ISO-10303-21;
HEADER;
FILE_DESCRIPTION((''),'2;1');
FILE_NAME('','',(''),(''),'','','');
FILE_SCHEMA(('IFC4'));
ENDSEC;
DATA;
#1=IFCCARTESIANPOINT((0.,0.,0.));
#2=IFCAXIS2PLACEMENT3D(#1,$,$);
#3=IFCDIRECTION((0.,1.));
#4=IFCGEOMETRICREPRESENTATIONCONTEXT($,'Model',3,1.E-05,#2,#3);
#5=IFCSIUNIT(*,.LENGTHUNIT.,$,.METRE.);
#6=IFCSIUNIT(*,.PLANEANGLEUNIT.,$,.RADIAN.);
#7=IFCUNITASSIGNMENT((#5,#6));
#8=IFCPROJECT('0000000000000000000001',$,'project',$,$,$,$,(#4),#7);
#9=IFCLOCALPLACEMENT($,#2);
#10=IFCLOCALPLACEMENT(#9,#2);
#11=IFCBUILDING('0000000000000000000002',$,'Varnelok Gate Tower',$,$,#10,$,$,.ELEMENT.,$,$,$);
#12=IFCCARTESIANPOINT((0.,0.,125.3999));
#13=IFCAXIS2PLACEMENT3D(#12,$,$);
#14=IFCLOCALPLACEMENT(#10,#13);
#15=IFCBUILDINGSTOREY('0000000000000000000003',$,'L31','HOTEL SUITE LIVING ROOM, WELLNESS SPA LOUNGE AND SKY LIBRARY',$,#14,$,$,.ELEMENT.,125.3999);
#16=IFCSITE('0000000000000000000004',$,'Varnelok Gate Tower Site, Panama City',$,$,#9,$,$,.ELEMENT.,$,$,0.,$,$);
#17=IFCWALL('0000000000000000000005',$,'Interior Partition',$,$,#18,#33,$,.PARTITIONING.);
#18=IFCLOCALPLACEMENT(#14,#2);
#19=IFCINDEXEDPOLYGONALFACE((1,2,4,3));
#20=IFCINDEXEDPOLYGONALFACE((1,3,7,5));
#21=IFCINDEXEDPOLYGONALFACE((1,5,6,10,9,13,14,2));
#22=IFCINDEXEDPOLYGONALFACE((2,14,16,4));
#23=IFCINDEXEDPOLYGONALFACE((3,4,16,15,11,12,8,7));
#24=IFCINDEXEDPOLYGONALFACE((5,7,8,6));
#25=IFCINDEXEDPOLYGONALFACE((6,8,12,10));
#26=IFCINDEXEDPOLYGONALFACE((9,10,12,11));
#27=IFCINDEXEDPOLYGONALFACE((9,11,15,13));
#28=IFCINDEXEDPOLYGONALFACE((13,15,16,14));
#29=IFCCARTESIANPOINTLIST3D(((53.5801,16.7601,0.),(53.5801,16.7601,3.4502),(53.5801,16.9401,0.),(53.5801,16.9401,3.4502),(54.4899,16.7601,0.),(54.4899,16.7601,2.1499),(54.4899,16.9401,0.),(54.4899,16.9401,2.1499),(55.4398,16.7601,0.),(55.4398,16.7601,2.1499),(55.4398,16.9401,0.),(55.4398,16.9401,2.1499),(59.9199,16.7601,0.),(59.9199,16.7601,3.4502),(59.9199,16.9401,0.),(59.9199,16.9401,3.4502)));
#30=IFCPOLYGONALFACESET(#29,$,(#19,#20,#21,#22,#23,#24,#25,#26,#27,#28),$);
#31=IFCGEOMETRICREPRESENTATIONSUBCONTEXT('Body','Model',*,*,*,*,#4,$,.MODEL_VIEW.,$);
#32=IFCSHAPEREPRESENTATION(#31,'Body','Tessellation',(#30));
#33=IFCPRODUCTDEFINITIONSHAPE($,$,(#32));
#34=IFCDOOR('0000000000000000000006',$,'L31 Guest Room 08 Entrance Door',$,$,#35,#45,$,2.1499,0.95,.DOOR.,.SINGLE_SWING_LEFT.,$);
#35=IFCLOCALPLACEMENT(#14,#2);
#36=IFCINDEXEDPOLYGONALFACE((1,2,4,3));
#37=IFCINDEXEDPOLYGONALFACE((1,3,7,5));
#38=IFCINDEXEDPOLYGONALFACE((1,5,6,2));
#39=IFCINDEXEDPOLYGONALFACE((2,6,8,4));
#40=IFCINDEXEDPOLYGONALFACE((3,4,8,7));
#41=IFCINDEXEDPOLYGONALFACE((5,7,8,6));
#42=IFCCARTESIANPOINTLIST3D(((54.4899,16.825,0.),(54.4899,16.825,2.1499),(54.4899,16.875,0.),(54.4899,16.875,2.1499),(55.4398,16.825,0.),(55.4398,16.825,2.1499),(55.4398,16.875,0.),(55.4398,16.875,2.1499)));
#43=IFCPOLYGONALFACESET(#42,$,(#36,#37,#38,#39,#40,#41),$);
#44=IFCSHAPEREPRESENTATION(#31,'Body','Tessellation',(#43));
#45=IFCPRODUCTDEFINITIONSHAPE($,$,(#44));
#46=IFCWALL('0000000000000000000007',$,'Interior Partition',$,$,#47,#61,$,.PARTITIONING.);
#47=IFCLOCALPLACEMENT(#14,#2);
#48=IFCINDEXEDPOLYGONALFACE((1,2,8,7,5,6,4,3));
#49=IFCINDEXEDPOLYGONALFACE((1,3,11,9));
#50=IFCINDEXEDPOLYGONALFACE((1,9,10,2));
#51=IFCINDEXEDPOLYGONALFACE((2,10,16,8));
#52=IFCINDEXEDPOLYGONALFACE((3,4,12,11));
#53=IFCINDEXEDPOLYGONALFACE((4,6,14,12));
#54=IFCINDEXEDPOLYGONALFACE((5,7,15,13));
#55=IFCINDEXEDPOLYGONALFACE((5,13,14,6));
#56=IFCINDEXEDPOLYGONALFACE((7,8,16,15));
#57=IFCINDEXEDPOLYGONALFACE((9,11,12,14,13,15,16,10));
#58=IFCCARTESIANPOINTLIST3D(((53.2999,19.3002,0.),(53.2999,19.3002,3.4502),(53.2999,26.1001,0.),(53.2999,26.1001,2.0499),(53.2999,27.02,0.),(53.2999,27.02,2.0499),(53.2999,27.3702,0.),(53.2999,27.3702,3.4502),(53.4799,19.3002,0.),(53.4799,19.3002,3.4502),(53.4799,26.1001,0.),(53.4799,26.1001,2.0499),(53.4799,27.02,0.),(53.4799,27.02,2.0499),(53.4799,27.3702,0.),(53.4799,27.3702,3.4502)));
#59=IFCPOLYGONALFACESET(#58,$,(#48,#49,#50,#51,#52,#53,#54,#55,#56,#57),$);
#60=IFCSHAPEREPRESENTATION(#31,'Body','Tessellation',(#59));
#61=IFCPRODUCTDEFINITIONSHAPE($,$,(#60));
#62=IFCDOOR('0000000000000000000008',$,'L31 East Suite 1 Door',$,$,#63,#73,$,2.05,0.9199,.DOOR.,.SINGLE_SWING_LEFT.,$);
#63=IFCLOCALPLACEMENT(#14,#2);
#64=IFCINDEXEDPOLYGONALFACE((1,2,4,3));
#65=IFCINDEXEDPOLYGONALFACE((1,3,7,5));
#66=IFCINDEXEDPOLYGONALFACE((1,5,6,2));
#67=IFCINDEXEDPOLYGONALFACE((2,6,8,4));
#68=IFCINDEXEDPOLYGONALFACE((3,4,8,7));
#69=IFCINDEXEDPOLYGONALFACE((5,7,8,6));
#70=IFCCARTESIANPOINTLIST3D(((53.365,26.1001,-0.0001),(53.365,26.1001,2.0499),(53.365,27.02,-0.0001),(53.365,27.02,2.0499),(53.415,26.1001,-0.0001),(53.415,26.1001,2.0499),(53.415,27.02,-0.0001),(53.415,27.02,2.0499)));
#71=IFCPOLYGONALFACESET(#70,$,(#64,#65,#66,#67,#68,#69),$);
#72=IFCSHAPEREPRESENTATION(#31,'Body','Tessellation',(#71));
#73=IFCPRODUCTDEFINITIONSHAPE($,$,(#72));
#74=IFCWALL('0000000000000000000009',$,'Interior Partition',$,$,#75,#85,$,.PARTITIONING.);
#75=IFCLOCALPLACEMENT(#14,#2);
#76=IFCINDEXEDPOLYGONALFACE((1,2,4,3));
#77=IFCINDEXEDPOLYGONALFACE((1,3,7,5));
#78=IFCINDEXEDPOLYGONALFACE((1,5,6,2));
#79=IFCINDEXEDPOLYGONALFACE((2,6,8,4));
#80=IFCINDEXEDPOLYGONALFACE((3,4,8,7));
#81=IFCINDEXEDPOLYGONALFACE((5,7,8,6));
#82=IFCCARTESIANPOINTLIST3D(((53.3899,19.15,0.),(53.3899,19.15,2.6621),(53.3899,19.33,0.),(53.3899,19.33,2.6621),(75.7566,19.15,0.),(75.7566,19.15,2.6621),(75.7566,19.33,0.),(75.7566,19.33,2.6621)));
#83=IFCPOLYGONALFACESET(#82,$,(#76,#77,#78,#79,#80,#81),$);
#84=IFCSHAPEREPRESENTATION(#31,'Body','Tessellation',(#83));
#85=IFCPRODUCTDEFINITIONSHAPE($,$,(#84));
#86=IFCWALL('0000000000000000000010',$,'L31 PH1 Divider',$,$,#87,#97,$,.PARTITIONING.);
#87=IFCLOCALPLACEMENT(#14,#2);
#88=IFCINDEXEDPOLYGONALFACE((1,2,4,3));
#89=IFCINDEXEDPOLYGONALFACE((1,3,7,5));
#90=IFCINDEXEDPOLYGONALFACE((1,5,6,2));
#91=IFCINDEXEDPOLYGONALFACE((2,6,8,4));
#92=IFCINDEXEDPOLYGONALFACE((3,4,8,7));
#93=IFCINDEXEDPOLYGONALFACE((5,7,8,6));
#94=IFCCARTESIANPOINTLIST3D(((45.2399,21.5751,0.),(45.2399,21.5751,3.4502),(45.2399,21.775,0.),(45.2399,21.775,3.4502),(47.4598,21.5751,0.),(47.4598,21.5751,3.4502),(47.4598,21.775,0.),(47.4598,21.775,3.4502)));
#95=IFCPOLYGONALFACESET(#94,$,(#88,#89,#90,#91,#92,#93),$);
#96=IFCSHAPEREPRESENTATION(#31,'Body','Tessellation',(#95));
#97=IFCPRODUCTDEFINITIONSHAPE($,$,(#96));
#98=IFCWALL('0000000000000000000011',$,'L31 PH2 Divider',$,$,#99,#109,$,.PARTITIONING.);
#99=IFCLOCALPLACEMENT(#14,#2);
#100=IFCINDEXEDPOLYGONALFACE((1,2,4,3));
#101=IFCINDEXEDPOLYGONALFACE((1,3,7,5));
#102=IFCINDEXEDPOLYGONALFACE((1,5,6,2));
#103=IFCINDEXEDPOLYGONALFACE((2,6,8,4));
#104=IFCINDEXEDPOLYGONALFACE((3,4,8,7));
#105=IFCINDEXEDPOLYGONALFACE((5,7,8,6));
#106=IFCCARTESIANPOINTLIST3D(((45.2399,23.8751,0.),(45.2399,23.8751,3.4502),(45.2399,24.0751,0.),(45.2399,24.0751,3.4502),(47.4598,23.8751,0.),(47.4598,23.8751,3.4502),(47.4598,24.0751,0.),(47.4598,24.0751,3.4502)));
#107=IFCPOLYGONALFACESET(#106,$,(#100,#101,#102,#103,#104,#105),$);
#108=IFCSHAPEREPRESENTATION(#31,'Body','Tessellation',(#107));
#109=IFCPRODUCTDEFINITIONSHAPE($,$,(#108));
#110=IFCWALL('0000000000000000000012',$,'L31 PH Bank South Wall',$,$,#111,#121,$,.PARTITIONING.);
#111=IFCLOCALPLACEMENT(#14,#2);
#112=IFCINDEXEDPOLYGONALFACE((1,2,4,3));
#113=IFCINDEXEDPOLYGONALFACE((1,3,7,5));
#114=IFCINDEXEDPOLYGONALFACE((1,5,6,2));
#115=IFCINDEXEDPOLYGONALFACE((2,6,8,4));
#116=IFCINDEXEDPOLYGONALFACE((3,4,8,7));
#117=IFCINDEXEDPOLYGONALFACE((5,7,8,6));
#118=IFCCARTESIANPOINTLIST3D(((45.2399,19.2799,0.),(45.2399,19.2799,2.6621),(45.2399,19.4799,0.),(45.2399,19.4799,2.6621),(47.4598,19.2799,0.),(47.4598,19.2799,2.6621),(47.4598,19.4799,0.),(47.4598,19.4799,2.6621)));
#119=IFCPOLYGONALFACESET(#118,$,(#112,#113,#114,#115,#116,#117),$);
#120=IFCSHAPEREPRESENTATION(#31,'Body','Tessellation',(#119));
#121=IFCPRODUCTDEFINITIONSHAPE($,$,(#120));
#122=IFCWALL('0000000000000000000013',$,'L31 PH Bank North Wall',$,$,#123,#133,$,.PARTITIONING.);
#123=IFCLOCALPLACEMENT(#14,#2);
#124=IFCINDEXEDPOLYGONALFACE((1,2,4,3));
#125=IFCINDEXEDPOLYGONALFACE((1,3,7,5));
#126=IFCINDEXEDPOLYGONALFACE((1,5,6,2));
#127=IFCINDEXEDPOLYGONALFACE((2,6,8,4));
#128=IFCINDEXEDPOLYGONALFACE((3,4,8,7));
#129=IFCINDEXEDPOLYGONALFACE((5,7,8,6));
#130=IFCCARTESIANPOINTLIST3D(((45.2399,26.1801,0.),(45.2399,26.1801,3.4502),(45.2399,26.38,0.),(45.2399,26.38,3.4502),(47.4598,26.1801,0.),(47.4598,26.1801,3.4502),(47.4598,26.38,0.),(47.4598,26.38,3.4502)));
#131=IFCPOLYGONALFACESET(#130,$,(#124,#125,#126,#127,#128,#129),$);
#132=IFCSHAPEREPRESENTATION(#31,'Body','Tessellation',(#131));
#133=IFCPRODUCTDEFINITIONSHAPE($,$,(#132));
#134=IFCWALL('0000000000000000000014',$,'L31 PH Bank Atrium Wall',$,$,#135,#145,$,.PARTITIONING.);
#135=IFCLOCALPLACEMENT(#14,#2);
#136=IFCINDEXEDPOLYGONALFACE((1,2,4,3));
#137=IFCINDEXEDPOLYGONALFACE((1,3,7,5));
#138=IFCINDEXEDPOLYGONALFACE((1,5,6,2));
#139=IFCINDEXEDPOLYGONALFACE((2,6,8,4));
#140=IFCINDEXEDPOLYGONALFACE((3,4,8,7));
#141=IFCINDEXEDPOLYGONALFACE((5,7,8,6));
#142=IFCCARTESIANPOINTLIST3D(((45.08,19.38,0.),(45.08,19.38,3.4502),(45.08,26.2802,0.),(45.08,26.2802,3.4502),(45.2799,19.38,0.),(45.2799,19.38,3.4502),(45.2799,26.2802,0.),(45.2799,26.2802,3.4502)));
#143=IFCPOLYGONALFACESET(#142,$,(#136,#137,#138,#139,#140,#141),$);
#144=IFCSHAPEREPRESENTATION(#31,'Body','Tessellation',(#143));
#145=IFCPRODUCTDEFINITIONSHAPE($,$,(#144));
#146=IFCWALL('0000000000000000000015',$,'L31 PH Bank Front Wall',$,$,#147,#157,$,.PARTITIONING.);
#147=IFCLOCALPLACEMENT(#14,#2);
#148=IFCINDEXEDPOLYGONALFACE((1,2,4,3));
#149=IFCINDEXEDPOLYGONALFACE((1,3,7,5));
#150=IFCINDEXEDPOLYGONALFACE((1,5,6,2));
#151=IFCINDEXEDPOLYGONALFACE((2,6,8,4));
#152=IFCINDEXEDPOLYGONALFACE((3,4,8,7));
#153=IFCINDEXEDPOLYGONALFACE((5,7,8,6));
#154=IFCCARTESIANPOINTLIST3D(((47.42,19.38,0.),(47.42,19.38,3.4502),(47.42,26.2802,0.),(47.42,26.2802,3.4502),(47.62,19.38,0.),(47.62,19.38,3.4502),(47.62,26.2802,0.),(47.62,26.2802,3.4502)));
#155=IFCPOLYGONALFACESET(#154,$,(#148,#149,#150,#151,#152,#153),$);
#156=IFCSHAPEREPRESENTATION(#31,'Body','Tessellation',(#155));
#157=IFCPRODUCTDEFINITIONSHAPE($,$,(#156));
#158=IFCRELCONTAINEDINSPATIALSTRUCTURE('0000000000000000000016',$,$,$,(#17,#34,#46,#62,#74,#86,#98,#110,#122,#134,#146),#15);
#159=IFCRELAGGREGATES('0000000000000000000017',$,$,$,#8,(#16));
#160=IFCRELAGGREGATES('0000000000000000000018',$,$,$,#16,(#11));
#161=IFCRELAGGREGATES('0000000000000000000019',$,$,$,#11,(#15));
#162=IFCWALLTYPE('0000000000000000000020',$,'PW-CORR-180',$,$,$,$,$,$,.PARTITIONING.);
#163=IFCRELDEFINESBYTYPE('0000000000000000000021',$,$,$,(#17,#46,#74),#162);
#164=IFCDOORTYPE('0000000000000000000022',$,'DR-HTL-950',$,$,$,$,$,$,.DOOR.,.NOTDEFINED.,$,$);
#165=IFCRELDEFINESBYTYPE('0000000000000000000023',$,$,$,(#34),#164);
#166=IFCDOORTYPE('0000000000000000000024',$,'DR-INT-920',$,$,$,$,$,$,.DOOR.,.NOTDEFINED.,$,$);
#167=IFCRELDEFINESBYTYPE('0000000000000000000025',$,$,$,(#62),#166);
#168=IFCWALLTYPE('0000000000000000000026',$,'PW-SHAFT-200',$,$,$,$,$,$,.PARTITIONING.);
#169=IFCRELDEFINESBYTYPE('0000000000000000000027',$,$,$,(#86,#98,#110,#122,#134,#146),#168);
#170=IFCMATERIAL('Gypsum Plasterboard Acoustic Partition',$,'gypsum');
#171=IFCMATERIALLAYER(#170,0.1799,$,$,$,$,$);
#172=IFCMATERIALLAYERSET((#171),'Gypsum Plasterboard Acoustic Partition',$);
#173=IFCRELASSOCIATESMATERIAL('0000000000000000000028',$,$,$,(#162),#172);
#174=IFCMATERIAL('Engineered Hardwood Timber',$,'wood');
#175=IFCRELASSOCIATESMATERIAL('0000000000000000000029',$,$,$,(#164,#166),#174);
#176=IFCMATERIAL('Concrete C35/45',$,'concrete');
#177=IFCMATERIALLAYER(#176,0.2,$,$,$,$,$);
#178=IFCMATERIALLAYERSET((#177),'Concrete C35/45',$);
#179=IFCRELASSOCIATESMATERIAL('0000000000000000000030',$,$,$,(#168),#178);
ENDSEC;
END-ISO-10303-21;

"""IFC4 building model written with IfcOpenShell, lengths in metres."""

from ifc_helpers import new_model, si_unit, direction, frame, frame_2d, origin, place, context, subcontext, project, spatial, rectangle, extrude, material, layer, layer_set, type_object, element, fill, save


model = new_model("IFC4")

# Units and contexts
model_context = context("Model", 3, precision=1e-05, world=origin(), true_north=direction((0.0, 1.0)))
body_context = subcontext(model_context, "Body", "Model", "MODEL_VIEW")
ifc_project = project(units=[si_unit("LENGTHUNIT", "METRE"), si_unit("PLANEANGLEUNIT", "RADIAN")], contexts=[model_context])

# Site, building, storey
site_placement = place(None, origin())
site = spatial("IfcSite", under=ifc_project, at=site_placement, Name="Varnelok Gate Tower Site, Panama City", CompositionType="ELEMENT", RefElevation=0.0)
building_placement = place(site_placement, origin())
building = spatial("IfcBuilding", under=site, at=building_placement, Name="Varnelok Gate Tower", CompositionType="ELEMENT")
storey_placement = place(building_placement, frame((0.0, 0.0, 125.3999)))
storey = spatial("IfcBuildingStorey", under=building, at=storey_placement, Name="L31", Description="HOTEL SUITE LIVING ROOM, WELLNESS SPA LOUNGE AND SKY LIBRARY", CompositionType="ELEMENT", Elevation=125.3999)

# Walls, openings, doors
ifc_material_1 = material(Name="Gypsum Plasterboard Acoustic Partition", Category="gypsum")
ifc_layer_1 = layer(ifc_material_1, 0.1799)
ifc_layer_set_1 = layer_set([ifc_layer_1], Name="Gypsum Plasterboard Acoustic Partition")
wall_type_1 = type_object("IfcWallType", Name="PW-CORR-180", PredefinedType="PARTITIONING", material=ifc_layer_set_1)
ifc_material_2 = material(Name="Engineered Hardwood Timber", Category="wood")
door_type_1 = type_object("IfcDoorType", Name="DR-HTL-950", OperationType="NOTDEFINED", PredefinedType="DOOR", material=ifc_material_2)
wall_1_placement = place(storey_placement, frame((53.5801, 16.8501, 0.0), z_axis=(0.0, 0.0, 1.0), x_axis=(1.0, 0.0, 0.0)))
wall_1 = element("IfcWall", 1, at=wall_1_placement, inside=storey, type_object=wall_type_1, Name="Interior Partition", PredefinedType="PARTITIONING", context=body_context, shape_type="SweptSolid", body=[
    extrude(rectangle(XDim=6.3398, YDim=0.1799, at=frame_2d((3.1699, 0.0))), origin(), (0.0, 0.0, 1.0), 3.4502),
])
opening_1_placement = place(wall_1_placement, frame((0.9097, 0.0, 0.0)))
opening_1 = element("IfcOpeningElement", 2, at=opening_1_placement, cuts=wall_1, PredefinedType="OPENING", context=body_context, shape_type="SweptSolid", body=[
    extrude(rectangle(XDim=0.95, YDim=2.1499, at=frame_2d((0.4751, 1.075))), frame((0.0, 0.0999, 0.0), z_axis=(0.0, -1.0, 0.0), x_axis=(1.0, 0.0, 0.0)), (0.0, 0.0, 1.0), 0.2),
])
door_1_placement = place(opening_1_placement, origin())
door_1 = element("IfcDoor", 3, at=door_1_placement, inside=storey, type_object=door_type_1, Name="L31 Guest Room 08 Entrance Door", OperationType="SINGLE_SWING_LEFT", OverallHeight=2.1499, OverallWidth=0.95, PredefinedType="DOOR", context=body_context, shape_type="SweptSolid", body=[
    extrude(rectangle(XDim=0.95, YDim=2.1499, at=frame_2d((0.4751, 1.075))), frame((0.0, 0.0249, 0.0), z_axis=(0.0, -1.0, 0.0), x_axis=(1.0, 0.0, 0.0)), (0.0, 0.0, 1.0), 0.05),
])
fill(opening_1, door_1)
wall_2_placement = place(storey_placement, frame((53.3899, 19.3, 0.0), z_axis=(0.0, 0.0, 1.0), x_axis=(0.0, 1.0, 0.0)))
wall_2 = element("IfcWall", 4, at=wall_2_placement, inside=storey, type_object=wall_type_1, Name="Interior Partition", PredefinedType="PARTITIONING", context=body_context, shape_type="SweptSolid", body=[
    extrude(rectangle(XDim=8.0701, YDim=0.1799, at=frame_2d((4.0352, 0.0))), origin(), (0.0, 0.0, 1.0), 3.4502),
])
opening_2_placement = place(wall_2_placement, frame((6.8, 0.0, 0.0)))
opening_2 = element("IfcOpeningElement", 5, at=opening_2_placement, cuts=wall_2, PredefinedType="OPENING", context=body_context, shape_type="SweptSolid", body=[
    extrude(rectangle(XDim=0.9199, YDim=2.05, at=frame_2d((0.46, 1.0249))), frame((0.0, 0.0999, 0.0), z_axis=(0.0, -1.0, 0.0), x_axis=(1.0, 0.0, 0.0)), (0.0, 0.0, 1.0), 0.2),
])
door_type_2 = type_object("IfcDoorType", Name="DR-INT-920", OperationType="NOTDEFINED", PredefinedType="DOOR", material=ifc_material_2)
door_2_placement = place(opening_2_placement, origin())
door_2 = element("IfcDoor", 6, at=door_2_placement, inside=storey, type_object=door_type_2, Name="L31 East Suite 1 Door", OperationType="SINGLE_SWING_LEFT", OverallHeight=2.05, OverallWidth=0.9199, PredefinedType="DOOR", context=body_context, shape_type="SweptSolid", body=[
    extrude(rectangle(XDim=0.9199, YDim=2.05, at=frame_2d((0.46, 1.0249))), frame((0.0, 0.0249, 0.0), z_axis=(0.0, -1.0, 0.0), x_axis=(1.0, 0.0, 0.0)), (0.0, 0.0, 1.0), 0.05),
])
fill(opening_2, door_2)

# Walls
wall_3_placement = place(storey_placement, frame((53.3899, 19.24, 0.0), z_axis=(0.0, 0.0, 1.0), x_axis=(1.0, 0.0, 0.0)))
element("IfcWall", 7, at=wall_3_placement, inside=storey, type_object=wall_type_1, Name="Interior Partition", PredefinedType="PARTITIONING", context=body_context, shape_type="SweptSolid", body=[
    extrude(rectangle(XDim=22.3667, YDim=0.1799, at=frame_2d((11.1833, 0.0))), origin(), (0.0, 0.0, 1.0), 2.6621),
])
ifc_material_3 = material(Name="Concrete C35/45", Category="concrete")
ifc_layer_2 = layer(ifc_material_3, 0.2)
ifc_layer_set_2 = layer_set([ifc_layer_2], Name="Concrete C35/45")
wall_type_2 = type_object("IfcWallType", Name="PW-SHAFT-200", PredefinedType="PARTITIONING", material=ifc_layer_set_2)
for number, where, z_axis, x_axis, name in (
    (8, (45.24, 21.675, 0.0), (0.0, 0.0, 1.0), (1.0, 0.0, 0.0), "L31 PH1 Divider"),
    (9, (45.24, 23.9751, 0.0), (0.0, 0.0, 1.0), (1.0, 0.0, 0.0), "L31 PH2 Divider"),
):
    element("IfcWall", number, at=place(storey_placement, frame(where, z_axis=z_axis, x_axis=x_axis)), inside=storey, type_object=wall_type_2, Name=name, PredefinedType="PARTITIONING", context=body_context, shape_type="SweptSolid", body=[
        extrude(rectangle(XDim=2.22, YDim=0.2, at=frame_2d((1.1099, 0.0))), origin(), (0.0, 0.0, 1.0), 3.4502),
    ])
wall_4_placement = place(storey_placement, frame((45.24, 19.3799, 0.0), z_axis=(0.0, 0.0, 1.0), x_axis=(1.0, 0.0, 0.0)))
element("IfcWall", 10, at=wall_4_placement, inside=storey, type_object=wall_type_2, Name="L31 PH Bank South Wall", PredefinedType="PARTITIONING", context=body_context, shape_type="SweptSolid", body=[
    extrude(rectangle(XDim=2.22, YDim=0.2, at=frame_2d((1.1099, 0.0))), origin(), (0.0, 0.0, 1.0), 2.6621),
])
wall_5_placement = place(storey_placement, frame((45.24, 26.28, 0.0), z_axis=(0.0, 0.0, 1.0), x_axis=(1.0, 0.0, 0.0)))
element("IfcWall", 11, at=wall_5_placement, inside=storey, type_object=wall_type_2, Name="L31 PH Bank North Wall", PredefinedType="PARTITIONING", context=body_context, shape_type="SweptSolid", body=[
    extrude(rectangle(XDim=2.22, YDim=0.2, at=frame_2d((1.1099, 0.0))), origin(), (0.0, 0.0, 1.0), 3.4502),
])
for number, where, z_axis, x_axis, name in (
    (12, (45.1799, 19.3799, 0.0), (0.0, 0.0, 1.0), (0.0, 1.0, 0.0), "L31 PH Bank Atrium Wall"),
    (13, (47.52, 19.3799, 0.0), (0.0, 0.0, 1.0), (0.0, 1.0, 0.0), "L31 PH Bank Front Wall"),
):
    element("IfcWall", number, at=place(storey_placement, frame(where, z_axis=z_axis, x_axis=x_axis)), inside=storey, type_object=wall_type_2, Name=name, PredefinedType="PARTITIONING", context=body_context, shape_type="SweptSolid", body=[
        extrude(rectangle(XDim=6.9001, YDim=0.2, at=frame_2d((3.4502, 0.0))), origin(), (0.0, 0.0, 1.0), 3.4502),
    ])

save(model, "model.ifc")
